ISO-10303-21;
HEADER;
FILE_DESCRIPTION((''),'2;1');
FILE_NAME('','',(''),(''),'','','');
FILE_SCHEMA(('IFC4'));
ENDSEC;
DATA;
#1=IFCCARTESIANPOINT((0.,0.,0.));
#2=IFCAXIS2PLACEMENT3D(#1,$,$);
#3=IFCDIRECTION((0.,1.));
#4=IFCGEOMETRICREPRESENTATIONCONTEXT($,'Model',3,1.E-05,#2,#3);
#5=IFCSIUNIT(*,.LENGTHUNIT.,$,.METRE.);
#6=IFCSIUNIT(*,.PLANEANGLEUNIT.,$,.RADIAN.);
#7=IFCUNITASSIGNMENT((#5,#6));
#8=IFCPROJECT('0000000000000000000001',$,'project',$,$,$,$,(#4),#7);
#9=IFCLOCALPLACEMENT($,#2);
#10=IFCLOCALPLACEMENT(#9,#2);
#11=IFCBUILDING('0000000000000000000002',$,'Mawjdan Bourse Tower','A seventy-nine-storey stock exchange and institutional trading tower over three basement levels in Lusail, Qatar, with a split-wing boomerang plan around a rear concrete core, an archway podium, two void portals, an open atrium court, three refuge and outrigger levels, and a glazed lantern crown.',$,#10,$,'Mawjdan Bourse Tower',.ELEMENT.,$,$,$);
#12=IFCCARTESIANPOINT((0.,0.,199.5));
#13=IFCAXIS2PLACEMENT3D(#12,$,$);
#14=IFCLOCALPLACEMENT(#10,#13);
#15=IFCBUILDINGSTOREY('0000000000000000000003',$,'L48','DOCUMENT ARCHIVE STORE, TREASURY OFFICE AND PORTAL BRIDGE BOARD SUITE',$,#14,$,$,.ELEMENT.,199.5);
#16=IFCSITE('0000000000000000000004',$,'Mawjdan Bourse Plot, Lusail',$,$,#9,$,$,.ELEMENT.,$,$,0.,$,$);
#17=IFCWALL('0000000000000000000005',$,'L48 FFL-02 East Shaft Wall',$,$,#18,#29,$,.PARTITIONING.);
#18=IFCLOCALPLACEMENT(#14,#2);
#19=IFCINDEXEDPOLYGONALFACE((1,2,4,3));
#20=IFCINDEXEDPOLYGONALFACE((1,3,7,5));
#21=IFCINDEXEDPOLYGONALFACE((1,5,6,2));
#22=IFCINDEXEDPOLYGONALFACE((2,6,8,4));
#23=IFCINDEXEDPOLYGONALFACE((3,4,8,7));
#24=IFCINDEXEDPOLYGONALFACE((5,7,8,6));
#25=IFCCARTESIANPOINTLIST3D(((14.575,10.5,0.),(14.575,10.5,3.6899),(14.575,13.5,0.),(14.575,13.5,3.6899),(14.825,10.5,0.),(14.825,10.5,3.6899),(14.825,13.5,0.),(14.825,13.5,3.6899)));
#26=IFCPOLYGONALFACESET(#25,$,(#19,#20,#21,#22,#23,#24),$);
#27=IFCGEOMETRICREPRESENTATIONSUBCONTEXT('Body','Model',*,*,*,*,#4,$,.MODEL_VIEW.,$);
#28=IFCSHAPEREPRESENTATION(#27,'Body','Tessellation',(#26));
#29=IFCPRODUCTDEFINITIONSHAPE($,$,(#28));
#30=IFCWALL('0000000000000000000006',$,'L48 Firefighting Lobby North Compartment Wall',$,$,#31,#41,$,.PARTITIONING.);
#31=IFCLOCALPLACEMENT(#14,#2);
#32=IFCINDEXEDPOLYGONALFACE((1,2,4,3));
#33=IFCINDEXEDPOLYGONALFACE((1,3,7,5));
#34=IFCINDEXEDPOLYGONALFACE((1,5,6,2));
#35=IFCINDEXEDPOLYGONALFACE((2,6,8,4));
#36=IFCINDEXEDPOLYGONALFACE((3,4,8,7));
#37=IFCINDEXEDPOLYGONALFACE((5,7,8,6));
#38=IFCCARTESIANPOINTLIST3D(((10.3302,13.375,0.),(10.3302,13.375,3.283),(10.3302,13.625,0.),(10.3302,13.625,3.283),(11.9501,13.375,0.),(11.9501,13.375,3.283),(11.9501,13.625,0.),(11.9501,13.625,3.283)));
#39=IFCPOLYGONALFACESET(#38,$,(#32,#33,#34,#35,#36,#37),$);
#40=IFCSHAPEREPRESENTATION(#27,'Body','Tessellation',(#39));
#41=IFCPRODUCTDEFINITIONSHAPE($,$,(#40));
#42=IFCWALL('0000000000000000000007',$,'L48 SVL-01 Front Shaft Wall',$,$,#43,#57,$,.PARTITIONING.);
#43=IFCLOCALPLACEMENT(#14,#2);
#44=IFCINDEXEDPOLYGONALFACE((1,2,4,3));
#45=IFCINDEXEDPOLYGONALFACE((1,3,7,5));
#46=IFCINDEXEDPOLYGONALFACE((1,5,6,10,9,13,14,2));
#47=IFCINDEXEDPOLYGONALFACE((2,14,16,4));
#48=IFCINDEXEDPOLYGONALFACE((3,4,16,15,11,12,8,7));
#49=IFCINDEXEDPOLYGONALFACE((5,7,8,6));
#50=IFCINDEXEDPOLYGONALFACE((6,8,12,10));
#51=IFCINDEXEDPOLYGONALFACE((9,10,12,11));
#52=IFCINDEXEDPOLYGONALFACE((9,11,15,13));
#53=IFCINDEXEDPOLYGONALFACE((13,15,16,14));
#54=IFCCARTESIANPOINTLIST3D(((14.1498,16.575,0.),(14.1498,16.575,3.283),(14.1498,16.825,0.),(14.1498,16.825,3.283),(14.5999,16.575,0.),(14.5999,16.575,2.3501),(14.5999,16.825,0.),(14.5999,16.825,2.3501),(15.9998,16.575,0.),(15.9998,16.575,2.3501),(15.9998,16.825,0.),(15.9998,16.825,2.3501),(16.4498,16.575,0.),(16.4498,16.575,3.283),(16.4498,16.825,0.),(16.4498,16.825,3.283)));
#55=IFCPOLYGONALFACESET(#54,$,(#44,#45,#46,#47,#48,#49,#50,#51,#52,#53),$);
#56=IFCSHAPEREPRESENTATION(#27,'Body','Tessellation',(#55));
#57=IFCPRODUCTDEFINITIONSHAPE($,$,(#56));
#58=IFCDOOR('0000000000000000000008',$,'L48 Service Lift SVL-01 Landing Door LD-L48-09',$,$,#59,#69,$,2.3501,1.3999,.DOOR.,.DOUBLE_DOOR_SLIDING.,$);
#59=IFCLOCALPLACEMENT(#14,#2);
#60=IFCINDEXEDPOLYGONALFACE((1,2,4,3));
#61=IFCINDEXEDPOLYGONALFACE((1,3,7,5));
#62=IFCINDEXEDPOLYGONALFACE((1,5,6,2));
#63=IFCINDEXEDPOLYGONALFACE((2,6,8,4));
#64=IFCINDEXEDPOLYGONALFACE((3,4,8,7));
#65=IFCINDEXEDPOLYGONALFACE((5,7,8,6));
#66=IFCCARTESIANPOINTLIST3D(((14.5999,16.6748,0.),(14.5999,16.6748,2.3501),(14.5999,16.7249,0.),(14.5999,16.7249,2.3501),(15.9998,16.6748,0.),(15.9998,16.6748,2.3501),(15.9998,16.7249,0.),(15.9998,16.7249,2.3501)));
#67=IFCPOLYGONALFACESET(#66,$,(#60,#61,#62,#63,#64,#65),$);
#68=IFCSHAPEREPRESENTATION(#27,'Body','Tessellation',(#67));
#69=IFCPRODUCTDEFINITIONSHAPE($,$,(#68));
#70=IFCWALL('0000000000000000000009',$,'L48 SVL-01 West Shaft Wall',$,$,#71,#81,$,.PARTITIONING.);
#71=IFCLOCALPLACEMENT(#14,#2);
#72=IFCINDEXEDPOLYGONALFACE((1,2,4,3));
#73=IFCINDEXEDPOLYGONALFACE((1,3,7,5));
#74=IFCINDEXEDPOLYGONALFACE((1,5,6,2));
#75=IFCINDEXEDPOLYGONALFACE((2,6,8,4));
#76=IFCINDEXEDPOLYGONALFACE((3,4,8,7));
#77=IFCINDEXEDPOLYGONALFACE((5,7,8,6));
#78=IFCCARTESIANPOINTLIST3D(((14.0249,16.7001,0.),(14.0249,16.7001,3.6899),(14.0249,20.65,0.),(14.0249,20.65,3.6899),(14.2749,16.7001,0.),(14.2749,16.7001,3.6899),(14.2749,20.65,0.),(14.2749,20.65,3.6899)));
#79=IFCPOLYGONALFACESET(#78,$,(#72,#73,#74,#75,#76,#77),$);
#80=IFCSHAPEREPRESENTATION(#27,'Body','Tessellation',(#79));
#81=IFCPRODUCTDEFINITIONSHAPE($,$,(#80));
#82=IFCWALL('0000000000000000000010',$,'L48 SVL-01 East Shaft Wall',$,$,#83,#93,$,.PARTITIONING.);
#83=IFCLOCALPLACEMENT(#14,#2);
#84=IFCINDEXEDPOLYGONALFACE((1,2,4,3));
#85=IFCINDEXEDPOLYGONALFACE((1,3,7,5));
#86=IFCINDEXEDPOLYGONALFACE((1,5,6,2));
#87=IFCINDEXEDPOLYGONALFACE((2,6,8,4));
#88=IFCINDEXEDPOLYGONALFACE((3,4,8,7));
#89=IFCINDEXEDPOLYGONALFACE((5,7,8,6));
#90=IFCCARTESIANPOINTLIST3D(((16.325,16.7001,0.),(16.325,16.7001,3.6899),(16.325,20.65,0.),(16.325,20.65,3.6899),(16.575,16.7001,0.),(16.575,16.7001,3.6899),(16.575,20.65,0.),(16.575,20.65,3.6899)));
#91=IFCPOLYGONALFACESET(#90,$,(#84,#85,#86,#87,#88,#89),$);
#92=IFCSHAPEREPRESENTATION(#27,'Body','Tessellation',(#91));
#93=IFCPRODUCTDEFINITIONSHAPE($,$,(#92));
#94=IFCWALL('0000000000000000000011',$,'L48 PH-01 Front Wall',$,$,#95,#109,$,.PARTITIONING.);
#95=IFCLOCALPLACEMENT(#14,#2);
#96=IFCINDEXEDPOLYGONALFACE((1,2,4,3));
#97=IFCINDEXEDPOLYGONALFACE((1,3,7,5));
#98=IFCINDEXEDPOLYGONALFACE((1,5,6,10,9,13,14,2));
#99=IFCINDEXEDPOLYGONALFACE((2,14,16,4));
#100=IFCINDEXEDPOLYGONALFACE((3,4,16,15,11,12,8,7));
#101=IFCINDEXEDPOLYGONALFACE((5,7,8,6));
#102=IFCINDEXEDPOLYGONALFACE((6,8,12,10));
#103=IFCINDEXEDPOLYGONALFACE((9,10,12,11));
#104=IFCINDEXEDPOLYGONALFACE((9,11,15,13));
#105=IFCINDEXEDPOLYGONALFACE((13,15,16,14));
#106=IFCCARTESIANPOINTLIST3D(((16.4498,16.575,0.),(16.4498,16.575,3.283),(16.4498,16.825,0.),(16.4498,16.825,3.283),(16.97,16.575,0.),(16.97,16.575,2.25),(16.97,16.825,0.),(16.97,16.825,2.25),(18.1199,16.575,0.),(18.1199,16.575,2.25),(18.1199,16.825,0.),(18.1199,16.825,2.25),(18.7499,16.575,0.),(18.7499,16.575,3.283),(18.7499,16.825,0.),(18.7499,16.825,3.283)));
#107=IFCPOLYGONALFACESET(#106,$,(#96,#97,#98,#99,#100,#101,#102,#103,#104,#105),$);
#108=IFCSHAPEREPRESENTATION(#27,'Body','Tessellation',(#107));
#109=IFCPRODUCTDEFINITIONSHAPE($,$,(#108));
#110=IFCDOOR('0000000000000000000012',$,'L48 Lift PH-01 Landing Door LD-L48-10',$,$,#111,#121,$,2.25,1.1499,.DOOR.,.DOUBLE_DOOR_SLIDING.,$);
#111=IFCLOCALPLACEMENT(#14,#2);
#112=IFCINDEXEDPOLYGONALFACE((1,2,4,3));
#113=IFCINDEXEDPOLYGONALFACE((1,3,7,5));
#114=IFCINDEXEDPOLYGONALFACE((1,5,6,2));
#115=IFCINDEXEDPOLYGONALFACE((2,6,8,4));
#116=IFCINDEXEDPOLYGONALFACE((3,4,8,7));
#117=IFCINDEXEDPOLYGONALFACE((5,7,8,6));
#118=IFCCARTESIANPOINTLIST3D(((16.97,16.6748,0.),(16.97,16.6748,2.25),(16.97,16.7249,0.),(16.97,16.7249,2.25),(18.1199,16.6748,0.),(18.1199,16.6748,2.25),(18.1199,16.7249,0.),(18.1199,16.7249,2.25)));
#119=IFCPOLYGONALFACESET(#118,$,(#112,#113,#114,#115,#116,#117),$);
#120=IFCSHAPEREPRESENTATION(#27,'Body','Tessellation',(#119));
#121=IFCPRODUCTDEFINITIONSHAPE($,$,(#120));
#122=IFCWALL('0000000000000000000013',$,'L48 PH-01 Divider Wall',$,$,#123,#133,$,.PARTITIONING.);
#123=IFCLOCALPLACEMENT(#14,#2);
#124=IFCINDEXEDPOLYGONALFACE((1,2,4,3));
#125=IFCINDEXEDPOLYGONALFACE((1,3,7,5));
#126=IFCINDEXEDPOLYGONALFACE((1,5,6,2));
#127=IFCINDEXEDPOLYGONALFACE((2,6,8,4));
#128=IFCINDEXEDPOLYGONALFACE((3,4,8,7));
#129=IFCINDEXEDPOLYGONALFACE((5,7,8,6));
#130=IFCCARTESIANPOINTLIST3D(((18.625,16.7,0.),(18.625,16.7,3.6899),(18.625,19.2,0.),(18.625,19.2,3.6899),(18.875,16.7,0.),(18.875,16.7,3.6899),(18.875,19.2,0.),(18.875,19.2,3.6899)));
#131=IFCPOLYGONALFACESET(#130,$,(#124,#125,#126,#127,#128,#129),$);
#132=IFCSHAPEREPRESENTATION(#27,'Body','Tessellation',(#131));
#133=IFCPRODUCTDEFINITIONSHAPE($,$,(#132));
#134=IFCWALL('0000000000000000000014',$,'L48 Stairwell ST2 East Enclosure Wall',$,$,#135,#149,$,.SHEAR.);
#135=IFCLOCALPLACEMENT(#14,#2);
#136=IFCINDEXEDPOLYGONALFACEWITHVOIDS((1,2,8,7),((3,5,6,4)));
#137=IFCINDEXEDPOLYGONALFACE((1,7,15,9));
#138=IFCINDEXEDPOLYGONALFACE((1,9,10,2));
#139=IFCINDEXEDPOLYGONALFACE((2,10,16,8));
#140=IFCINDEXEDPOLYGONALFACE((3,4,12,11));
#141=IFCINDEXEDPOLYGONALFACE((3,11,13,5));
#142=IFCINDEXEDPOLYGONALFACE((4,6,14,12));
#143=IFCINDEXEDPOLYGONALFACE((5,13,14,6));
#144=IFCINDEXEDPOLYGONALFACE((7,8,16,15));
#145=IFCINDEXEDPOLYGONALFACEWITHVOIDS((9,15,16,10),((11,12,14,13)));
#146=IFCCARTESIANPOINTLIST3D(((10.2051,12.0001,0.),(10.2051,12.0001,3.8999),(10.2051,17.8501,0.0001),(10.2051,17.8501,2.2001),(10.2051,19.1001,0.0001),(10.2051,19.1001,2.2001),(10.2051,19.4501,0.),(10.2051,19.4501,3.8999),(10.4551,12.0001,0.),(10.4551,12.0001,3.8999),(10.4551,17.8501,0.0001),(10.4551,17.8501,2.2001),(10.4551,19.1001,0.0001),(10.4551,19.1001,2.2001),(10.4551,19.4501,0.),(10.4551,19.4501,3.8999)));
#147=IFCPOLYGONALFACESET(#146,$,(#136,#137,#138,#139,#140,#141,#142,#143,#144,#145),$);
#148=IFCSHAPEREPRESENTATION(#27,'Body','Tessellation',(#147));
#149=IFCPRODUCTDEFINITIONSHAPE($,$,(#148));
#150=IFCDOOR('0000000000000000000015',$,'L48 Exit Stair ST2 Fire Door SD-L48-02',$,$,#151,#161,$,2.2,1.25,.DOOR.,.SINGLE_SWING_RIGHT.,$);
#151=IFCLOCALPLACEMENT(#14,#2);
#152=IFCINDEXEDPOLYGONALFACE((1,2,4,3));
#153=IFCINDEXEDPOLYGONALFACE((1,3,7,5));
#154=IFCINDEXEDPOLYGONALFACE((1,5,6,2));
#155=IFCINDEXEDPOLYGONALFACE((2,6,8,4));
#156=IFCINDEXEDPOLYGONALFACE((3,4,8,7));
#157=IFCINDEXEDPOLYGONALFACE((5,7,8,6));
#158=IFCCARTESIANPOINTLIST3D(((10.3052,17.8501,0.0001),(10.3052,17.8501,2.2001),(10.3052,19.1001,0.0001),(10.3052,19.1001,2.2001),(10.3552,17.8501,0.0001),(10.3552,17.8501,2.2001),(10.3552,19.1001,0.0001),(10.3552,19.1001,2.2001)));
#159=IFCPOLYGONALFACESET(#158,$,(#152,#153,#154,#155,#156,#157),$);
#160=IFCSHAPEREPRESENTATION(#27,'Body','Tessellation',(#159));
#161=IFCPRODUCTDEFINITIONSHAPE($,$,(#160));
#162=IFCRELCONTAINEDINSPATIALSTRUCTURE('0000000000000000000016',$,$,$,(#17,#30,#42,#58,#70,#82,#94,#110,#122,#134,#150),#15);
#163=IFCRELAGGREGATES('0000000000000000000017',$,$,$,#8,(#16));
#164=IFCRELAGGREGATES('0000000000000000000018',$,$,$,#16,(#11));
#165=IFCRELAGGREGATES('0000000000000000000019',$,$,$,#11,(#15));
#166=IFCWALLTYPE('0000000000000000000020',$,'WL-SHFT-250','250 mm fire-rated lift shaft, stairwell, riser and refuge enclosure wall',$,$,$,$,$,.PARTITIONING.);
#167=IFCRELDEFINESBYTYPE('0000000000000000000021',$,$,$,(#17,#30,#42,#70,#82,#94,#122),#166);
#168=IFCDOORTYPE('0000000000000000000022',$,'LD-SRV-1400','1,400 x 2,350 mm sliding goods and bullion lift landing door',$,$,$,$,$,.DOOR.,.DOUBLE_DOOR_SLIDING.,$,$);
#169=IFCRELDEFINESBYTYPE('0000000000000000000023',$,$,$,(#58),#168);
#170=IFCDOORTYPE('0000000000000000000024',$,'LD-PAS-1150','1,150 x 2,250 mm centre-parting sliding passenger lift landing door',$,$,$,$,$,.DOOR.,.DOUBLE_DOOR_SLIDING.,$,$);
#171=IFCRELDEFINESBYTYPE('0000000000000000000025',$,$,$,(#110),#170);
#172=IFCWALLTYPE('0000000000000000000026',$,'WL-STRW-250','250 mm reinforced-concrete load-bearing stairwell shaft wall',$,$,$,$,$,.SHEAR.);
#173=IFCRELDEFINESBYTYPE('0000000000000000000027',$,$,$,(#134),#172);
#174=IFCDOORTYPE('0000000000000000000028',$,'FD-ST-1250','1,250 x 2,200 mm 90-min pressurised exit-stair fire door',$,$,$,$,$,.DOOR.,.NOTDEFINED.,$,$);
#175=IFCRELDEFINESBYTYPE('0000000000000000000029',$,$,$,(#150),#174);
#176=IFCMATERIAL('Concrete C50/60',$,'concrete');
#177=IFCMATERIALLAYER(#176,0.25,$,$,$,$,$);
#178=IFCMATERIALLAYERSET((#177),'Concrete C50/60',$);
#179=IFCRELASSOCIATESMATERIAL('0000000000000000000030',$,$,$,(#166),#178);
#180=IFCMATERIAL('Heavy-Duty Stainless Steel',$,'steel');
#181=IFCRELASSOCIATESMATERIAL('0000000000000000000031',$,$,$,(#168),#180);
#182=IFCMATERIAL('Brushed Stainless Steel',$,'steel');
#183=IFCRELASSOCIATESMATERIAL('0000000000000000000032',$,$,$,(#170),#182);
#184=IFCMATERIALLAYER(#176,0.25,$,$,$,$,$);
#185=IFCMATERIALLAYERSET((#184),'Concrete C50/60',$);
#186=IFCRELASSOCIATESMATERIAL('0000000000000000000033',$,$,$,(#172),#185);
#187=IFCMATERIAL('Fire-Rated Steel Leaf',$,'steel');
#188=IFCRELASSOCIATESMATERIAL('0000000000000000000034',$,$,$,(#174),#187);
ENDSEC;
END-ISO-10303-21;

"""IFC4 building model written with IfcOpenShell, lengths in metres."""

from ifc_helpers import new_model, si_unit, direction, frame, frame_2d, origin, place, context, subcontext, project, spatial, rectangle, extrude, material, layer, layer_set, type_object, element, fill, save


model = new_model("IFC4")

# Units and contexts
model_context = context("Model", 3, precision=1e-05, world=origin(), true_north=direction((0.0, 1.0)))
body_context = subcontext(model_context, "Body", "Model", "MODEL_VIEW")
ifc_project = project(units=[si_unit("LENGTHUNIT", "METRE"), si_unit("PLANEANGLEUNIT", "RADIAN")], contexts=[model_context])

# Site, building, storey
site_placement = place(None, origin())
site = spatial("IfcSite", under=ifc_project, at=site_placement, Name="Mawjdan Bourse Plot, Lusail", CompositionType="ELEMENT", RefElevation=0.0)
building_placement = place(site_placement, origin())
building = spatial("IfcBuilding", under=site, at=building_placement, Name="Mawjdan Bourse Tower", Description="A seventy-nine-storey stock exchange and institutional trading tower over three basement levels in Lusail, Qatar, with a split-wing boomerang plan around a rear concrete core, an archway podium, two void portals, an open atrium court, three refuge and outrigger levels, and a glazed lantern crown.", LongName="Mawjdan Bourse Tower", CompositionType="ELEMENT")
storey_placement = place(building_placement, frame((0.0, 0.0, 199.5)))
storey = spatial("IfcBuildingStorey", under=building, at=storey_placement, Name="L48", Description="DOCUMENT ARCHIVE STORE, TREASURY OFFICE AND PORTAL BRIDGE BOARD SUITE", CompositionType="ELEMENT", Elevation=199.5)

# Shared definitions
ifc_material_1 = material(Name="Concrete C50/60", Category="concrete")
ifc_layer_1 = layer(ifc_material_1, 0.25)
ifc_layer_set_1 = layer_set([ifc_layer_1], Name="Concrete C50/60")
wall_type_1 = type_object("IfcWallType", Name="WL-SHFT-250", Description="250 mm fire-rated lift shaft, stairwell, riser and refuge enclosure wall", PredefinedType="PARTITIONING", material=ifc_layer_set_1)
ifc_material_2 = material(Name="Brushed Stainless Steel", Category="steel")

# Walls
wall_1_placement = place(storey_placement, frame((14.7, 10.5, 0.0), z_axis=(0.0, 0.0, 1.0), x_axis=(0.0, 1.0, 0.0)))
element("IfcWall", 1, at=wall_1_placement, inside=storey, type_object=wall_type_1, Name="L48 FFL-02 East Shaft Wall", PredefinedType="PARTITIONING", context=body_context, shape_type="SweptSolid", body=[
    extrude(rectangle(XDim=3.0, YDim=0.25, at=frame_2d((1.5, 0.0))), origin(), (0.0, 0.0, 1.0), 3.6899),
])
wall_2_placement = place(storey_placement, frame((10.3301, 13.5, 0.0), z_axis=(0.0, 0.0, 1.0), x_axis=(1.0, 0.0, 0.0)))
element("IfcWall", 2, at=wall_2_placement, inside=storey, type_object=wall_type_1, Name="L48 Firefighting Lobby North Compartment Wall", PredefinedType="PARTITIONING", context=body_context, shape_type="SweptSolid", body=[
    extrude(rectangle(XDim=1.6199, YDim=0.25, at=frame_2d((0.8101, 0.0))), origin(), (0.0, 0.0, 1.0), 3.283),
])

# Wall, opening, door
wall_3_placement = place(storey_placement, frame((14.1499, 16.7, 0.0), z_axis=(0.0, 0.0, 1.0), x_axis=(1.0, 0.0, 0.0)))
wall_3 = element("IfcWall", 3, at=wall_3_placement, inside=storey, type_object=wall_type_1, Name="L48 SVL-01 Front Shaft Wall", PredefinedType="PARTITIONING", context=body_context, shape_type="SweptSolid", body=[
    extrude(rectangle(XDim=2.3, YDim=0.25, at=frame_2d((1.1499, 0.0))), origin(), (0.0, 0.0, 1.0), 3.283),
])
opening_1_placement = place(wall_3_placement, frame((0.45, 0.0, 0.0)))
opening_1 = element("IfcOpeningElement", 4, at=opening_1_placement, cuts=wall_3, PredefinedType="OPENING", context=body_context, shape_type="SweptSolid", body=[
    extrude(rectangle(XDim=1.3999, YDim=2.3501, at=frame_2d((0.7, 1.175))), frame((0.0, 0.135, 0.0), z_axis=(0.0, -1.0, 0.0), x_axis=(1.0, 0.0, 0.0)), (0.0, 0.0, 1.0), 0.27),
])
ifc_material_3 = material(Name="Heavy-Duty Stainless Steel", Category="steel")
door_type_1 = type_object("IfcDoorType", Name="LD-SRV-1400", Description="1,400 x 2,350 mm sliding goods and bullion lift landing door", OperationType="DOUBLE_DOOR_SLIDING", PredefinedType="DOOR", material=ifc_material_3)
door_1_placement = place(opening_1_placement, origin())
door_1 = element("IfcDoor", 5, at=door_1_placement, inside=storey, type_object=door_type_1, Name="L48 Service Lift SVL-01 Landing Door LD-L48-09", OperationType="DOUBLE_DOOR_SLIDING", OverallHeight=2.3501, OverallWidth=1.3999, PredefinedType="DOOR", context=body_context, shape_type="SweptSolid", body=[
    extrude(rectangle(XDim=1.3999, YDim=2.3501, at=frame_2d((0.7, 1.175))), frame((0.0, 0.0249, 0.0), z_axis=(0.0, -1.0, 0.0), x_axis=(1.0, 0.0, 0.0)), (0.0, 0.0, 1.0), 0.05),
])
fill(opening_1, door_1)

# Walls
for number, where, z_axis, x_axis, name in (
    (6, (14.1499, 16.7, 0.0), (0.0, 0.0, 1.0), (0.0, 1.0, 0.0), "L48 SVL-01 West Shaft Wall"),
    (7, (16.45, 16.7, 0.0), (0.0, 0.0, 1.0), (0.0, 1.0, 0.0), "L48 SVL-01 East Shaft Wall"),
):
    element("IfcWall", number, at=place(storey_placement, frame(where, z_axis=z_axis, x_axis=x_axis)), inside=storey, type_object=wall_type_1, Name=name, PredefinedType="PARTITIONING", context=body_context, shape_type="SweptSolid", body=[
        extrude(rectangle(XDim=3.95, YDim=0.25, at=frame_2d((1.9751, 0.0))), origin(), (0.0, 0.0, 1.0), 3.6899),
    ])

# Wall, opening, door
wall_4_placement = place(storey_placement, frame((16.45, 16.7, 0.0), z_axis=(0.0, 0.0, 1.0), x_axis=(1.0, 0.0, 0.0)))
wall_4 = element("IfcWall", 8, at=wall_4_placement, inside=storey, type_object=wall_type_1, Name="L48 PH-01 Front Wall", PredefinedType="PARTITIONING", context=body_context, shape_type="SweptSolid", body=[
    extrude(rectangle(XDim=2.3, YDim=0.25, at=frame_2d((1.1499, 0.0))), origin(), (0.0, 0.0, 1.0), 3.283),
])
opening_2_placement = place(wall_4_placement, frame((0.52, 0.0, 0.0)))
opening_2 = element("IfcOpeningElement", 9, at=opening_2_placement, cuts=wall_4, PredefinedType="OPENING", context=body_context, shape_type="SweptSolid", body=[
    extrude(rectangle(XDim=1.1499, YDim=2.25, at=frame_2d((0.575, 1.125))), frame((0.0, 0.135, 0.0), z_axis=(0.0, -1.0, 0.0), x_axis=(1.0, 0.0, 0.0)), (0.0, 0.0, 1.0), 0.27),
])
door_type_2 = type_object("IfcDoorType", Name="LD-PAS-1150", Description="1,150 x 2,250 mm centre-parting sliding passenger lift landing door", OperationType="DOUBLE_DOOR_SLIDING", PredefinedType="DOOR", material=ifc_material_2)
door_2_placement = place(opening_2_placement, origin())
door_2 = element("IfcDoor", 10, at=door_2_placement, inside=storey, type_object=door_type_2, Name="L48 Lift PH-01 Landing Door LD-L48-10", OperationType="DOUBLE_DOOR_SLIDING", OverallHeight=2.25, OverallWidth=1.1499, PredefinedType="DOOR", context=body_context, shape_type="SweptSolid", body=[
    extrude(rectangle(XDim=1.1499, YDim=2.25, at=frame_2d((0.575, 1.125))), frame((0.0, 0.0249, 0.0), z_axis=(0.0, -1.0, 0.0), x_axis=(1.0, 0.0, 0.0)), (0.0, 0.0, 1.0), 0.05),
])
fill(opening_2, door_2)

# Wall
wall_5_placement = place(storey_placement, frame((18.75, 16.7, 0.0), z_axis=(0.0, 0.0, 1.0), x_axis=(0.0, 1.0, 0.0)))
element("IfcWall", 11, at=wall_5_placement, inside=storey, type_object=wall_type_1, Name="L48 PH-01 Divider Wall", PredefinedType="PARTITIONING", context=body_context, shape_type="SweptSolid", body=[
    extrude(rectangle(XDim=2.5, YDim=0.25, at=frame_2d((1.25, 0.0))), origin(), (0.0, 0.0, 1.0), 3.6899),
])

# Wall, opening, door
ifc_layer_2 = layer(ifc_material_1, 0.25)
ifc_layer_set_2 = layer_set([ifc_layer_2], Name="Concrete C50/60")
wall_type_2 = type_object("IfcWallType", Name="WL-STRW-250", Description="250 mm reinforced-concrete load-bearing stairwell shaft wall", PredefinedType="SHEAR", material=ifc_layer_set_2)
wall_6_placement = place(storey_placement, frame((10.3301, 12.0, 0.0), z_axis=(0.0, 0.0, 1.0), x_axis=(0.0, 1.0, 0.0)))
wall_6 = element("IfcWall", 12, at=wall_6_placement, inside=storey, type_object=wall_type_2, Name="L48 Stairwell ST2 East Enclosure Wall", PredefinedType="SHEAR", context=body_context, shape_type="SweptSolid", body=[
    extrude(rectangle(XDim=7.45, YDim=0.25, at=frame_2d((3.7251, 0.0))), origin(), (0.0, 0.0, 1.0), 3.8999),
])
opening_3_placement = place(wall_6_placement, frame((5.8501, 0.0, 0.0)))
opening_3 = element("IfcOpeningElement", 13, at=opening_3_placement, cuts=wall_6, PredefinedType="OPENING", context=body_context, shape_type="SweptSolid", body=[
    extrude(rectangle(XDim=1.25, YDim=2.2, at=frame_2d((0.625, 1.1001))), frame((0.0, 0.135, 0.0), z_axis=(0.0, -1.0, 0.0), x_axis=(1.0, 0.0, 0.0)), (0.0, 0.0, 1.0), 0.27),
])
ifc_material_4 = material(Name="Fire-Rated Steel Leaf", Category="steel")
door_type_3 = type_object("IfcDoorType", Name="FD-ST-1250", Description="1,250 x 2,200 mm 90-min pressurised exit-stair fire door", OperationType="NOTDEFINED", PredefinedType="DOOR", material=ifc_material_4)
door_3_placement = place(opening_3_placement, origin())
door_3 = element("IfcDoor", 14, at=door_3_placement, inside=storey, type_object=door_type_3, Name="L48 Exit Stair ST2 Fire Door SD-L48-02", OperationType="SINGLE_SWING_RIGHT", OverallHeight=2.2, OverallWidth=1.25, PredefinedType="DOOR", context=body_context, shape_type="SweptSolid", body=[
    extrude(rectangle(XDim=1.25, YDim=2.2, at=frame_2d((0.625, 1.1001))), frame((0.0, 0.0249, 0.0), z_axis=(0.0, -1.0, 0.0), x_axis=(1.0, 0.0, 0.0)), (0.0, 0.0, 1.0), 0.05),
])
fill(opening_3, door_3)

save(model, "model.ifc")
